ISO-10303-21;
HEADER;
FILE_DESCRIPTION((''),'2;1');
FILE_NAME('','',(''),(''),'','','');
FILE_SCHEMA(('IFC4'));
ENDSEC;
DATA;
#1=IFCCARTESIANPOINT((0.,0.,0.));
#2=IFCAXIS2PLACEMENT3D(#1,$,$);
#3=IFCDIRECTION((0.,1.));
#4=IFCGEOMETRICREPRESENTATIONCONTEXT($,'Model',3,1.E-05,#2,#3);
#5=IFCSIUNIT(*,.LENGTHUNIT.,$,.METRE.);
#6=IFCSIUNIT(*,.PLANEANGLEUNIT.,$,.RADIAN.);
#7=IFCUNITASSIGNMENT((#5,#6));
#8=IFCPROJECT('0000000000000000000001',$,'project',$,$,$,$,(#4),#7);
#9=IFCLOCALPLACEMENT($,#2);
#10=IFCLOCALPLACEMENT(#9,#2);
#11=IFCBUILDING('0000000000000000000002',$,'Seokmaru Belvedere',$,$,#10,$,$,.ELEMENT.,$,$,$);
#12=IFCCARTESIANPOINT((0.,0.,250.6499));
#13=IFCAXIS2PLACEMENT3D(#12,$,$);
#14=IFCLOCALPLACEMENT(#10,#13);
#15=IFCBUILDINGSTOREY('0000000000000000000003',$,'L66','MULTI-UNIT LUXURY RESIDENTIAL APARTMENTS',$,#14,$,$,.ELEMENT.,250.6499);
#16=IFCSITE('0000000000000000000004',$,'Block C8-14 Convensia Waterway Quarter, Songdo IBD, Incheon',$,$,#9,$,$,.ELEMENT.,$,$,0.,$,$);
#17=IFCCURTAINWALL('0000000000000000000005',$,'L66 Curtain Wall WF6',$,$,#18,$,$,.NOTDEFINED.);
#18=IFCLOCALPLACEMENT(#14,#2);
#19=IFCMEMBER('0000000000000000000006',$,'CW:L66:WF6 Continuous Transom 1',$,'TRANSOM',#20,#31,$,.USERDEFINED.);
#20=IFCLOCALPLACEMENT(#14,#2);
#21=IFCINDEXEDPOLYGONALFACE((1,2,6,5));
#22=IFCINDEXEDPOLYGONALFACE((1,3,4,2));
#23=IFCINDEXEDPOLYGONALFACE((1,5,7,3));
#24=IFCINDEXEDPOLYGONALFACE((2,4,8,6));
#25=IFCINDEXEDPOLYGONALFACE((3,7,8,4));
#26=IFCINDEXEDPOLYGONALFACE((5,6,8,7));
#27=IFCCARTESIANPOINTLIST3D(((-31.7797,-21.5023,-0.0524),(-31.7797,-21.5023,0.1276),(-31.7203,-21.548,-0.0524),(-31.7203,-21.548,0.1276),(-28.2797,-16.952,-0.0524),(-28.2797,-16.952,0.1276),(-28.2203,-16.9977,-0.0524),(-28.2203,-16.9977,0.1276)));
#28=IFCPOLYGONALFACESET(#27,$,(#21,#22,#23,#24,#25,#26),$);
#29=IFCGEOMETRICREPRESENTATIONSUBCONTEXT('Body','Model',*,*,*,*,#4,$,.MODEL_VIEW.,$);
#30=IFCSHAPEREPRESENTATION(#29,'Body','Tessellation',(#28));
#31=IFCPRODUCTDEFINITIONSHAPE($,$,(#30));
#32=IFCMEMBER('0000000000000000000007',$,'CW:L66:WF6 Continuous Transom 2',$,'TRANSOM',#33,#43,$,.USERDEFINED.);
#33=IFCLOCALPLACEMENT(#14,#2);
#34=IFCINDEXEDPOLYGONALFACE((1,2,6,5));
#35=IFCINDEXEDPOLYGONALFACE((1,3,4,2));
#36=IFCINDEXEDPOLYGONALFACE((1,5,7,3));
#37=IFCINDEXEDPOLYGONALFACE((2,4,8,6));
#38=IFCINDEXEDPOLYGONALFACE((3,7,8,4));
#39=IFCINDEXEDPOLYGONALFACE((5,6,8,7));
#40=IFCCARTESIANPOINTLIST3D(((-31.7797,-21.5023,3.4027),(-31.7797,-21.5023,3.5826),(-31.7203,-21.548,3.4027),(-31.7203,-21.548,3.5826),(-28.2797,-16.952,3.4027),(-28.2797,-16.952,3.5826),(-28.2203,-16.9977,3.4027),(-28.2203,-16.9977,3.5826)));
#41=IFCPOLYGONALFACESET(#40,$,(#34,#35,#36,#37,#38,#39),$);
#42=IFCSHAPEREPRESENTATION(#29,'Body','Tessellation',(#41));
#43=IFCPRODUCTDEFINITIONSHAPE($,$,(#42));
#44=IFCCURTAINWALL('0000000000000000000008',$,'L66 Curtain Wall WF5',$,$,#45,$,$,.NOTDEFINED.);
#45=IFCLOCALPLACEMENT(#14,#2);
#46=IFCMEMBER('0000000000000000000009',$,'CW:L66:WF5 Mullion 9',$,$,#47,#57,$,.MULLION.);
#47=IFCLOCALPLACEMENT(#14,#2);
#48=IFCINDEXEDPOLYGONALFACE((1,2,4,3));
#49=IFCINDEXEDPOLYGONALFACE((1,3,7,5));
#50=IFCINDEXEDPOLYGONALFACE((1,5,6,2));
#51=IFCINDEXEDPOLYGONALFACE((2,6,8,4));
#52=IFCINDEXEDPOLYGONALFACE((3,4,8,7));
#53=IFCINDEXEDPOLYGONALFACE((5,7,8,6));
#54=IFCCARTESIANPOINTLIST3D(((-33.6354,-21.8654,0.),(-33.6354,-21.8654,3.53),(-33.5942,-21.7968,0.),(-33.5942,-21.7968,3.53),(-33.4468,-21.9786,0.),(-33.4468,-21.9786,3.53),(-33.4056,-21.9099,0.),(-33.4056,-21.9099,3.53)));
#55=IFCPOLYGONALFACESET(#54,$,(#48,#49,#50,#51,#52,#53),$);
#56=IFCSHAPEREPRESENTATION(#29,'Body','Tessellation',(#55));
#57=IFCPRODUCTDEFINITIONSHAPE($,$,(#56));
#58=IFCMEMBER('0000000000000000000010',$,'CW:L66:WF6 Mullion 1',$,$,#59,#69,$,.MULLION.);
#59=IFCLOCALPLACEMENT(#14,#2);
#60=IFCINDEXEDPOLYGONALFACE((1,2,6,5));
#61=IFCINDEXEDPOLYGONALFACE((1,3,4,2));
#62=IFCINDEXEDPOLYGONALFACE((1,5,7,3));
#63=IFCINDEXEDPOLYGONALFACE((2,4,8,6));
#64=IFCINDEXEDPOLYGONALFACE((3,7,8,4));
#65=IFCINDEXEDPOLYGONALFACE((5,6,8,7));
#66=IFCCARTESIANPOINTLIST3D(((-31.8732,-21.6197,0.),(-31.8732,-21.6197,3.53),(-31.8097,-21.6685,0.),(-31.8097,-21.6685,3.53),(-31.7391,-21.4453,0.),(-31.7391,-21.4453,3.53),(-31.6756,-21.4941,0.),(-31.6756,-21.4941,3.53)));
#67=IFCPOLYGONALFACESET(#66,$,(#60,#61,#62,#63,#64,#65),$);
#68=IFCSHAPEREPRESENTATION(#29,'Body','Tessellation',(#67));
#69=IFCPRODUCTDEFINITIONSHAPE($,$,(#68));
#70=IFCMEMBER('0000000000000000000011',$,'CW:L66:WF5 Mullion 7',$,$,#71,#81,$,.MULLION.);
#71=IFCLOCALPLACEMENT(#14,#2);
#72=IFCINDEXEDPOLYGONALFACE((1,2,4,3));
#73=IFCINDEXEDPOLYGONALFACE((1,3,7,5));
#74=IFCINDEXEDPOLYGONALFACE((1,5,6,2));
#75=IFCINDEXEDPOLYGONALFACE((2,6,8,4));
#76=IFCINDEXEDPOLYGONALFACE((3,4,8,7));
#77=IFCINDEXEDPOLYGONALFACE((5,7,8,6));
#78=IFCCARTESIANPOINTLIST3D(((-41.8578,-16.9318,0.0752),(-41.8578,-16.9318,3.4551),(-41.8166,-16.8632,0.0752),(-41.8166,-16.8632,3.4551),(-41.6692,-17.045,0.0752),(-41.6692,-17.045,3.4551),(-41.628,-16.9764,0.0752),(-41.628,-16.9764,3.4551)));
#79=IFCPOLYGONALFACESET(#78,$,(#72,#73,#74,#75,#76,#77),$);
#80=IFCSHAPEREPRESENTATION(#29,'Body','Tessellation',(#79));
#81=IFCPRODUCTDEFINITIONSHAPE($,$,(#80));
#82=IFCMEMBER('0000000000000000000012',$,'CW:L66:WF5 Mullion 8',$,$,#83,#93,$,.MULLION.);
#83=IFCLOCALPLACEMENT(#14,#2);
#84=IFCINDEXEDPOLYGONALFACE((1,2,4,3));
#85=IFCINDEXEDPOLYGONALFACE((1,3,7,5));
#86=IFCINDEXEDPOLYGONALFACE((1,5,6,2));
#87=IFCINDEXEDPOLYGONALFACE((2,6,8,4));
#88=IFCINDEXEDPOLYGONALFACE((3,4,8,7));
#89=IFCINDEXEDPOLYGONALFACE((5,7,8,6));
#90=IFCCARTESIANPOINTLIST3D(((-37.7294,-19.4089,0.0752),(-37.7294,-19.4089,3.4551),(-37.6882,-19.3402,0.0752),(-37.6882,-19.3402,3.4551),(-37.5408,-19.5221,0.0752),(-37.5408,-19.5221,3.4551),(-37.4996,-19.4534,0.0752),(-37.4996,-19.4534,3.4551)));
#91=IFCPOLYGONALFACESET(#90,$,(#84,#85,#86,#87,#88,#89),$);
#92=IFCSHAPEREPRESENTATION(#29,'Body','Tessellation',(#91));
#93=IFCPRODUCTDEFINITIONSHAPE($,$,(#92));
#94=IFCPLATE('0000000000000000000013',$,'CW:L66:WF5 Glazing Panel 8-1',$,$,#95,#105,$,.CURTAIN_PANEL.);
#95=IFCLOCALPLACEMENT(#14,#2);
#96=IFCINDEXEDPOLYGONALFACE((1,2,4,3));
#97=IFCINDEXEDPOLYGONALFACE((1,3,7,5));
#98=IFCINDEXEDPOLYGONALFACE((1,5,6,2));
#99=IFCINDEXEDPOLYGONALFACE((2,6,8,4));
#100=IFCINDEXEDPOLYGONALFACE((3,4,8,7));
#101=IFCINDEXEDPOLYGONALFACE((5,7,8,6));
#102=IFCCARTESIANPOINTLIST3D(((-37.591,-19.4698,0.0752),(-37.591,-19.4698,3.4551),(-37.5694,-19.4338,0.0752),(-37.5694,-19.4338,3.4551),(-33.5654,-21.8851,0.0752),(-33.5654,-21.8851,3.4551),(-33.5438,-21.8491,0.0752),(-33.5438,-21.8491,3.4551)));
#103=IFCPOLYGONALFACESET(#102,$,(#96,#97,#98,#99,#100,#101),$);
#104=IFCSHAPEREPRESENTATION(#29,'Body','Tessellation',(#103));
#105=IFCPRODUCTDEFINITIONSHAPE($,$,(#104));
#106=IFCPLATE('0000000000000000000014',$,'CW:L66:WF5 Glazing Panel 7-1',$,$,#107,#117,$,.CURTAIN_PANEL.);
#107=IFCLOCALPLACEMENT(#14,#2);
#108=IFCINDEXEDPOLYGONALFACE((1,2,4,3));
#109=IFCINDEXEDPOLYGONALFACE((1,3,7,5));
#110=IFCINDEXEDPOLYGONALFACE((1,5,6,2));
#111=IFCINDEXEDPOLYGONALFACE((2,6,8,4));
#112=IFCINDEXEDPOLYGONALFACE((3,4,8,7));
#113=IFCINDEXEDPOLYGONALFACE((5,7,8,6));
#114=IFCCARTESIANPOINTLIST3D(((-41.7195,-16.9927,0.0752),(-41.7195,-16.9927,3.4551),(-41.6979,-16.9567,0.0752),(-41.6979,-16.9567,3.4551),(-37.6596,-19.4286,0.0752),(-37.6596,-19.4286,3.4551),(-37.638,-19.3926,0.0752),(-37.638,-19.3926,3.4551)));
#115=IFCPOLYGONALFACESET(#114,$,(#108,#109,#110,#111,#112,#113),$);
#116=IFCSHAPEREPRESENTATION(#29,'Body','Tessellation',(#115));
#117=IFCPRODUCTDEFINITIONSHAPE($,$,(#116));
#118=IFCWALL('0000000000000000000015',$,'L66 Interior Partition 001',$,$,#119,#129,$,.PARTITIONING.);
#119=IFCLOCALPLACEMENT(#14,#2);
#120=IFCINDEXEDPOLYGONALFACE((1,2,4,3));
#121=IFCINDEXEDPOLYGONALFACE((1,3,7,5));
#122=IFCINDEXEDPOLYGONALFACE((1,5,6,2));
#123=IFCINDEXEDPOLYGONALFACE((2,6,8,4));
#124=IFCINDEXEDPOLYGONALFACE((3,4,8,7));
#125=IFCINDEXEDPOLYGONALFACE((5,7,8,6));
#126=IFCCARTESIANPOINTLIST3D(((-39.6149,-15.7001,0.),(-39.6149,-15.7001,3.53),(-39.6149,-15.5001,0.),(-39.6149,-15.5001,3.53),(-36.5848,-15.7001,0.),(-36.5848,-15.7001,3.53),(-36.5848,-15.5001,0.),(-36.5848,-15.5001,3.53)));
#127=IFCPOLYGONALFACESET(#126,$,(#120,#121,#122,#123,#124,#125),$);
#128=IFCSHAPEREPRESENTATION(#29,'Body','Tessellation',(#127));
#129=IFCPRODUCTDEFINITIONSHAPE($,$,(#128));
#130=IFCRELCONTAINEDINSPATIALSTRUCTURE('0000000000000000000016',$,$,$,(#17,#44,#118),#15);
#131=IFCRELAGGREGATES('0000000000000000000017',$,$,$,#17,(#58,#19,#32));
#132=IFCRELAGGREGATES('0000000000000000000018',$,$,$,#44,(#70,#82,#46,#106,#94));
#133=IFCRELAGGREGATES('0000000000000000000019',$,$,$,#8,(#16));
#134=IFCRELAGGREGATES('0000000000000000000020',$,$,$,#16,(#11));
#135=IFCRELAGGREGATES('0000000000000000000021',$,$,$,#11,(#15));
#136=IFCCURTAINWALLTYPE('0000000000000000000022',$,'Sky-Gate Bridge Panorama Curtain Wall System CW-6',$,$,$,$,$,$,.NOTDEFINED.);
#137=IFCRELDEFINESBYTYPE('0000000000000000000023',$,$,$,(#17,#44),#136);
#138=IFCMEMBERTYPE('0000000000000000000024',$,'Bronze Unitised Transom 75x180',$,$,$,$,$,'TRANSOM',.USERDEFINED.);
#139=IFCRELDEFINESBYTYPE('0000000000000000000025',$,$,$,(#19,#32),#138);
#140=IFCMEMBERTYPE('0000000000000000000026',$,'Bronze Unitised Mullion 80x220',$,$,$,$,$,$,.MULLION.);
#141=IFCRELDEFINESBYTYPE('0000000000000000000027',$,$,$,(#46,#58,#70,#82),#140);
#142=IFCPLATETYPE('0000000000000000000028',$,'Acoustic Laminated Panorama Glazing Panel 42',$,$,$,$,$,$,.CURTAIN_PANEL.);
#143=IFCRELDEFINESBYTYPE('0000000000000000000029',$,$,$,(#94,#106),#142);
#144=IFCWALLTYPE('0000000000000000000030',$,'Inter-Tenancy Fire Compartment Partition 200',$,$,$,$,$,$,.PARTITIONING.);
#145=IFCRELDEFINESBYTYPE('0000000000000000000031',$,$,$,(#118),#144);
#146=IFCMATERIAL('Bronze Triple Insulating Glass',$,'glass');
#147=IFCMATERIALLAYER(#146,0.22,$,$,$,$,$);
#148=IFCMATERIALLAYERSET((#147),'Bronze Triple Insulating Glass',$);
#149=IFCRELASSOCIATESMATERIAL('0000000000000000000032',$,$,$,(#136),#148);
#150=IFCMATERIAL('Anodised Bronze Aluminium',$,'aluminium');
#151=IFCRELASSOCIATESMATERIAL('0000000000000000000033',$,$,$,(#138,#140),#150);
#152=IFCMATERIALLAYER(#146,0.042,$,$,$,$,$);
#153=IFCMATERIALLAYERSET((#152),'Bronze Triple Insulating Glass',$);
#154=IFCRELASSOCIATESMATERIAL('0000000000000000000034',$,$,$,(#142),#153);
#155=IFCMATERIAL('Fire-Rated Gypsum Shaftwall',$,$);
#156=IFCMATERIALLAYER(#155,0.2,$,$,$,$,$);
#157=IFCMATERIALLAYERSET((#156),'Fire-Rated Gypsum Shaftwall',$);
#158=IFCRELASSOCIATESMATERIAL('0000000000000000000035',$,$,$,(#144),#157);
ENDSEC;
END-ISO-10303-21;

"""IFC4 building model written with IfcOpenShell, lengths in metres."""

from ifc_helpers import new_model, si_unit, direction, frame, frame_2d, origin, origin_2d, place, context, subcontext, project, spatial, rectangle, extrude, source, transform, mapped, material, layer, layer_set, material_profile, profile_set, type_object, type_shapes, element, aggregate, save


model = new_model("IFC4")

# Units and contexts
model_context = context("Model", 3, precision=1e-05, world=origin(), true_north=direction((0.0, 1.0)))
body_context = subcontext(model_context, "Body", "Model", "MODEL_VIEW")
ifc_project = project(units=[si_unit("LENGTHUNIT", "METRE"), si_unit("PLANEANGLEUNIT", "RADIAN")], contexts=[model_context])

# Site, building, storey
site_placement = place(None, origin())
site = spatial("IfcSite", under=ifc_project, at=site_placement, Name="Block C8-14 Convensia Waterway Quarter, Songdo IBD, Incheon", CompositionType="ELEMENT", RefElevation=0.0)
building_placement = place(site_placement, origin())
building = spatial("IfcBuilding", under=site, at=building_placement, Name="Seokmaru Belvedere", CompositionType="ELEMENT")
storey_placement = place(building_placement, frame((0.0, 0.0, 250.6499)))
storey = spatial("IfcBuildingStorey", under=building, at=storey_placement, Name="L66", Description="MULTI-UNIT LUXURY RESIDENTIAL APARTMENTS", CompositionType="ELEMENT", Elevation=250.6499)

# Curtain wall, members
ifc_material_1 = material(Name="Bronze Triple Insulating Glass", Category="glass")
ifc_layer_1 = layer(ifc_material_1, 0.22)
ifc_layer_set_1 = layer_set([ifc_layer_1], Name="Bronze Triple Insulating Glass")
curtain_wall_type = type_object("IfcCurtainWallType", Name="Sky-Gate Bridge Panorama Curtain Wall System CW-6", PredefinedType="NOTDEFINED", material=ifc_layer_set_1)
curtain_wall_1_placement = place(storey_placement, origin())
curtain_wall_1 = element("IfcCurtainWall", 1, at=curtain_wall_1_placement, inside=storey, type_object=curtain_wall_type, Name="L66 Curtain Wall WF6", PredefinedType="NOTDEFINED")
ifc_material_2 = material(Name="Anodised Bronze Aluminium", Category="aluminium")
ifc_material_profile_1 = material_profile(ifc_material_2, rectangle(XDim=0.075, YDim=0.1799, at=origin_2d()), Name="CW-T-75x180")
ifc_profile_set_1 = profile_set([ifc_material_profile_1], Name="Anodised Bronze Aluminium")
member_type_1 = type_object("IfcMemberType", Name="Bronze Unitised Transom 75x180", ElementType="TRANSOM", PredefinedType="USERDEFINED", material=ifc_profile_set_1)
shared_shape_1 = source(origin(), body_context, "Body", "SweptSolid", [
    extrude(rectangle(XDim=0.075, YDim=0.1799, at=origin_2d()), origin(), (0.0, 0.0, 1.0), 5.7407),
])
type_shapes(member_type_1, [shared_shape_1])
member_1_placement = place(storey_placement, frame((-31.75, -21.5251, 0.0376), z_axis=(0.609686, 0.792643, 0.0), x_axis=(-0.792643, 0.609686, 0.0)))
member_1 = element("IfcMember", 2, at=member_1_placement, type_object=member_type_1, Name="CW:L66:WF6 Continuous Transom 1", ObjectType="TRANSOM", PredefinedType="USERDEFINED", context=body_context, shape_type="MappedRepresentation", body=[
    mapped(shared_shape_1, transform((0.0, 0.0, 0.0), scale=1.0)),
])
member_2_placement = place(storey_placement, frame((-31.75, -21.5251, 3.4927), z_axis=(0.609686, 0.792643, 0.0), x_axis=(-0.792643, 0.609686, 0.0)))
member_2 = element("IfcMember", 3, at=member_2_placement, type_object=member_type_1, Name="CW:L66:WF6 Continuous Transom 2", ObjectType="TRANSOM", PredefinedType="USERDEFINED", context=body_context, shape_type="MappedRepresentation", body=[
    mapped(shared_shape_1, transform((0.0, 0.0, 0.0), scale=1.0)),
])

# Curtain wall, member
curtain_wall_2_placement = place(storey_placement, origin())
curtain_wall_2 = element("IfcCurtainWall", 4, at=curtain_wall_2_placement, inside=storey, type_object=curtain_wall_type, Name="L66 Curtain Wall WF5", PredefinedType="NOTDEFINED")
ifc_material_profile_2 = material_profile(ifc_material_2, rectangle(XDim=0.0801, YDim=0.22, at=origin_2d()), Name="CW-M-80x220")
ifc_profile_set_2 = profile_set([ifc_material_profile_2], Name="Anodised Bronze Aluminium")
member_type_2 = type_object("IfcMemberType", Name="Bronze Unitised Mullion 80x220", PredefinedType="MULLION", material=ifc_profile_set_2)
shared_shape_2 = source(origin(), body_context, "Body", "SweptSolid", [
    extrude(rectangle(XDim=0.0801, YDim=0.22, at=origin_2d()), origin(), (0.0, 0.0, 1.0), 3.53),
])
member_3_placement = place(storey_placement, frame((-33.5205, -21.8877, 0.0), z_axis=(0.0, 0.0, 1.0), x_axis=(0.514495, 0.857493, 0.0)))
member_3 = element("IfcMember", 5, at=member_3_placement, type_object=member_type_2, Name="CW:L66:WF5 Mullion 9", PredefinedType="MULLION", context=body_context, shape_type="MappedRepresentation", body=[
    mapped(shared_shape_2, transform((0.0, 0.0, 0.0), scale=1.0)),
])

# Members
member_4_placement = place(storey_placement, frame((-31.7744, -21.5569, 0.0), z_axis=(0.0, 0.0, 1.0), x_axis=(-0.792631, 0.609701, 0.0)))
member_4 = element("IfcMember", 6, at=member_4_placement, type_object=member_type_2, Name="CW:L66:WF6 Mullion 1", PredefinedType="MULLION", context=body_context, shape_type="MappedRepresentation", body=[
    mapped(shared_shape_2, transform((0.0, 0.0, 0.0), scale=1.0)),
])
aggregate(curtain_wall_1, [member_4, member_1, member_2])
shared_shape_3 = source(origin(), body_context, "Body", "SweptSolid", [
    extrude(rectangle(XDim=0.0801, YDim=0.22, at=origin_2d()), origin(), (0.0, 0.0, 1.0), 3.3799),
])
type_shapes(member_type_2, [shared_shape_2, shared_shape_3])
member_5_placement = place(storey_placement, frame((-41.7429, -16.9541, 0.0752), z_axis=(0.0, 0.0, 1.0), x_axis=(0.514495, 0.857493, 0.0)))
member_5 = element("IfcMember", 7, at=member_5_placement, type_object=member_type_2, Name="CW:L66:WF5 Mullion 7", PredefinedType="MULLION", context=body_context, shape_type="MappedRepresentation", body=[
    mapped(shared_shape_3, transform((0.0, 0.0, 0.0), scale=1.0)),
])
member_6_placement = place(storey_placement, frame((-37.6145, -19.4312, 0.0752), z_axis=(0.0, 0.0, 1.0), x_axis=(0.514495, 0.857493, 0.0)))
member_6 = element("IfcMember", 8, at=member_6_placement, type_object=member_type_2, Name="CW:L66:WF5 Mullion 8", PredefinedType="MULLION", context=body_context, shape_type="MappedRepresentation", body=[
    mapped(shared_shape_3, transform((0.0, 0.0, 0.0), scale=1.0)),
])

# Plates
ifc_layer_2 = layer(ifc_material_1, 0.042)
ifc_layer_set_2 = layer_set([ifc_layer_2], Name="Bronze Triple Insulating Glass")
plate_type = type_object("IfcPlateType", Name="Acoustic Laminated Panorama Glazing Panel 42", PredefinedType="CURTAIN_PANEL", material=ifc_layer_set_2)
shared_shape_4 = source(origin(), body_context, "Body", "SweptSolid", [
    extrude(rectangle(XDim=4.6946, YDim=0.042, at=origin_2d()), origin(), (0.0, 0.0, 1.0), 3.3799),
])
plate_1_placement = place(storey_placement, frame((-35.5674, -20.6594, 0.0752), z_axis=(0.0, 0.0, 1.0), x_axis=(0.857493, -0.514495, 0.0)))
plate_1 = element("IfcPlate", 9, at=plate_1_placement, type_object=plate_type, Name="CW:L66:WF5 Glazing Panel 8-1", PredefinedType="CURTAIN_PANEL", context=body_context, shape_type="MappedRepresentation", body=[
    mapped(shared_shape_4, transform((0.0, 0.0, 0.0), scale=1.0)),
])
shared_shape_5 = source(origin(), body_context, "Body", "SweptSolid", [
    extrude(rectangle(XDim=4.7346, YDim=0.042, at=origin_2d()), origin(), (0.0, 0.0, 1.0), 3.3799),
])
type_shapes(plate_type, [shared_shape_4, shared_shape_5])
plate_2_placement = place(storey_placement, frame((-39.6787, -18.1926, 0.0752), z_axis=(0.0, 0.0, 1.0), x_axis=(0.857493, -0.514495, 0.0)))
plate_2 = element("IfcPlate", 10, at=plate_2_placement, type_object=plate_type, Name="CW:L66:WF5 Glazing Panel 7-1", PredefinedType="CURTAIN_PANEL", context=body_context, shape_type="MappedRepresentation", body=[
    mapped(shared_shape_5, transform((0.0, 0.0, 0.0), scale=1.0)),
])
aggregate(curtain_wall_2, [member_5, member_6, member_3, plate_2, plate_1])

# Wall
ifc_material_3 = material(Name="Fire-Rated Gypsum Shaftwall")
ifc_layer_3 = layer(ifc_material_3, 0.2)
ifc_layer_set_3 = layer_set([ifc_layer_3], Name="Fire-Rated Gypsum Shaftwall")
wall_type_1 = type_object("IfcWallType", Name="Inter-Tenancy Fire Compartment Partition 200", PredefinedType="PARTITIONING", material=ifc_layer_set_3)
wall_1_placement = place(storey_placement, frame((-39.615, -15.6001, 0.0), z_axis=(0.0, 0.0, 1.0), x_axis=(1.0, 0.0, 0.0)))
element("IfcWall", 11, at=wall_1_placement, inside=storey, type_object=wall_type_1, Name="L66 Interior Partition 001", PredefinedType="PARTITIONING", context=body_context, shape_type="SweptSolid", body=[
    extrude(rectangle(XDim=3.03, YDim=0.2, at=frame_2d((1.5151, 0.0))), origin(), (0.0, 0.0, 1.0), 3.53),
])

save(model, "model.ifc")
